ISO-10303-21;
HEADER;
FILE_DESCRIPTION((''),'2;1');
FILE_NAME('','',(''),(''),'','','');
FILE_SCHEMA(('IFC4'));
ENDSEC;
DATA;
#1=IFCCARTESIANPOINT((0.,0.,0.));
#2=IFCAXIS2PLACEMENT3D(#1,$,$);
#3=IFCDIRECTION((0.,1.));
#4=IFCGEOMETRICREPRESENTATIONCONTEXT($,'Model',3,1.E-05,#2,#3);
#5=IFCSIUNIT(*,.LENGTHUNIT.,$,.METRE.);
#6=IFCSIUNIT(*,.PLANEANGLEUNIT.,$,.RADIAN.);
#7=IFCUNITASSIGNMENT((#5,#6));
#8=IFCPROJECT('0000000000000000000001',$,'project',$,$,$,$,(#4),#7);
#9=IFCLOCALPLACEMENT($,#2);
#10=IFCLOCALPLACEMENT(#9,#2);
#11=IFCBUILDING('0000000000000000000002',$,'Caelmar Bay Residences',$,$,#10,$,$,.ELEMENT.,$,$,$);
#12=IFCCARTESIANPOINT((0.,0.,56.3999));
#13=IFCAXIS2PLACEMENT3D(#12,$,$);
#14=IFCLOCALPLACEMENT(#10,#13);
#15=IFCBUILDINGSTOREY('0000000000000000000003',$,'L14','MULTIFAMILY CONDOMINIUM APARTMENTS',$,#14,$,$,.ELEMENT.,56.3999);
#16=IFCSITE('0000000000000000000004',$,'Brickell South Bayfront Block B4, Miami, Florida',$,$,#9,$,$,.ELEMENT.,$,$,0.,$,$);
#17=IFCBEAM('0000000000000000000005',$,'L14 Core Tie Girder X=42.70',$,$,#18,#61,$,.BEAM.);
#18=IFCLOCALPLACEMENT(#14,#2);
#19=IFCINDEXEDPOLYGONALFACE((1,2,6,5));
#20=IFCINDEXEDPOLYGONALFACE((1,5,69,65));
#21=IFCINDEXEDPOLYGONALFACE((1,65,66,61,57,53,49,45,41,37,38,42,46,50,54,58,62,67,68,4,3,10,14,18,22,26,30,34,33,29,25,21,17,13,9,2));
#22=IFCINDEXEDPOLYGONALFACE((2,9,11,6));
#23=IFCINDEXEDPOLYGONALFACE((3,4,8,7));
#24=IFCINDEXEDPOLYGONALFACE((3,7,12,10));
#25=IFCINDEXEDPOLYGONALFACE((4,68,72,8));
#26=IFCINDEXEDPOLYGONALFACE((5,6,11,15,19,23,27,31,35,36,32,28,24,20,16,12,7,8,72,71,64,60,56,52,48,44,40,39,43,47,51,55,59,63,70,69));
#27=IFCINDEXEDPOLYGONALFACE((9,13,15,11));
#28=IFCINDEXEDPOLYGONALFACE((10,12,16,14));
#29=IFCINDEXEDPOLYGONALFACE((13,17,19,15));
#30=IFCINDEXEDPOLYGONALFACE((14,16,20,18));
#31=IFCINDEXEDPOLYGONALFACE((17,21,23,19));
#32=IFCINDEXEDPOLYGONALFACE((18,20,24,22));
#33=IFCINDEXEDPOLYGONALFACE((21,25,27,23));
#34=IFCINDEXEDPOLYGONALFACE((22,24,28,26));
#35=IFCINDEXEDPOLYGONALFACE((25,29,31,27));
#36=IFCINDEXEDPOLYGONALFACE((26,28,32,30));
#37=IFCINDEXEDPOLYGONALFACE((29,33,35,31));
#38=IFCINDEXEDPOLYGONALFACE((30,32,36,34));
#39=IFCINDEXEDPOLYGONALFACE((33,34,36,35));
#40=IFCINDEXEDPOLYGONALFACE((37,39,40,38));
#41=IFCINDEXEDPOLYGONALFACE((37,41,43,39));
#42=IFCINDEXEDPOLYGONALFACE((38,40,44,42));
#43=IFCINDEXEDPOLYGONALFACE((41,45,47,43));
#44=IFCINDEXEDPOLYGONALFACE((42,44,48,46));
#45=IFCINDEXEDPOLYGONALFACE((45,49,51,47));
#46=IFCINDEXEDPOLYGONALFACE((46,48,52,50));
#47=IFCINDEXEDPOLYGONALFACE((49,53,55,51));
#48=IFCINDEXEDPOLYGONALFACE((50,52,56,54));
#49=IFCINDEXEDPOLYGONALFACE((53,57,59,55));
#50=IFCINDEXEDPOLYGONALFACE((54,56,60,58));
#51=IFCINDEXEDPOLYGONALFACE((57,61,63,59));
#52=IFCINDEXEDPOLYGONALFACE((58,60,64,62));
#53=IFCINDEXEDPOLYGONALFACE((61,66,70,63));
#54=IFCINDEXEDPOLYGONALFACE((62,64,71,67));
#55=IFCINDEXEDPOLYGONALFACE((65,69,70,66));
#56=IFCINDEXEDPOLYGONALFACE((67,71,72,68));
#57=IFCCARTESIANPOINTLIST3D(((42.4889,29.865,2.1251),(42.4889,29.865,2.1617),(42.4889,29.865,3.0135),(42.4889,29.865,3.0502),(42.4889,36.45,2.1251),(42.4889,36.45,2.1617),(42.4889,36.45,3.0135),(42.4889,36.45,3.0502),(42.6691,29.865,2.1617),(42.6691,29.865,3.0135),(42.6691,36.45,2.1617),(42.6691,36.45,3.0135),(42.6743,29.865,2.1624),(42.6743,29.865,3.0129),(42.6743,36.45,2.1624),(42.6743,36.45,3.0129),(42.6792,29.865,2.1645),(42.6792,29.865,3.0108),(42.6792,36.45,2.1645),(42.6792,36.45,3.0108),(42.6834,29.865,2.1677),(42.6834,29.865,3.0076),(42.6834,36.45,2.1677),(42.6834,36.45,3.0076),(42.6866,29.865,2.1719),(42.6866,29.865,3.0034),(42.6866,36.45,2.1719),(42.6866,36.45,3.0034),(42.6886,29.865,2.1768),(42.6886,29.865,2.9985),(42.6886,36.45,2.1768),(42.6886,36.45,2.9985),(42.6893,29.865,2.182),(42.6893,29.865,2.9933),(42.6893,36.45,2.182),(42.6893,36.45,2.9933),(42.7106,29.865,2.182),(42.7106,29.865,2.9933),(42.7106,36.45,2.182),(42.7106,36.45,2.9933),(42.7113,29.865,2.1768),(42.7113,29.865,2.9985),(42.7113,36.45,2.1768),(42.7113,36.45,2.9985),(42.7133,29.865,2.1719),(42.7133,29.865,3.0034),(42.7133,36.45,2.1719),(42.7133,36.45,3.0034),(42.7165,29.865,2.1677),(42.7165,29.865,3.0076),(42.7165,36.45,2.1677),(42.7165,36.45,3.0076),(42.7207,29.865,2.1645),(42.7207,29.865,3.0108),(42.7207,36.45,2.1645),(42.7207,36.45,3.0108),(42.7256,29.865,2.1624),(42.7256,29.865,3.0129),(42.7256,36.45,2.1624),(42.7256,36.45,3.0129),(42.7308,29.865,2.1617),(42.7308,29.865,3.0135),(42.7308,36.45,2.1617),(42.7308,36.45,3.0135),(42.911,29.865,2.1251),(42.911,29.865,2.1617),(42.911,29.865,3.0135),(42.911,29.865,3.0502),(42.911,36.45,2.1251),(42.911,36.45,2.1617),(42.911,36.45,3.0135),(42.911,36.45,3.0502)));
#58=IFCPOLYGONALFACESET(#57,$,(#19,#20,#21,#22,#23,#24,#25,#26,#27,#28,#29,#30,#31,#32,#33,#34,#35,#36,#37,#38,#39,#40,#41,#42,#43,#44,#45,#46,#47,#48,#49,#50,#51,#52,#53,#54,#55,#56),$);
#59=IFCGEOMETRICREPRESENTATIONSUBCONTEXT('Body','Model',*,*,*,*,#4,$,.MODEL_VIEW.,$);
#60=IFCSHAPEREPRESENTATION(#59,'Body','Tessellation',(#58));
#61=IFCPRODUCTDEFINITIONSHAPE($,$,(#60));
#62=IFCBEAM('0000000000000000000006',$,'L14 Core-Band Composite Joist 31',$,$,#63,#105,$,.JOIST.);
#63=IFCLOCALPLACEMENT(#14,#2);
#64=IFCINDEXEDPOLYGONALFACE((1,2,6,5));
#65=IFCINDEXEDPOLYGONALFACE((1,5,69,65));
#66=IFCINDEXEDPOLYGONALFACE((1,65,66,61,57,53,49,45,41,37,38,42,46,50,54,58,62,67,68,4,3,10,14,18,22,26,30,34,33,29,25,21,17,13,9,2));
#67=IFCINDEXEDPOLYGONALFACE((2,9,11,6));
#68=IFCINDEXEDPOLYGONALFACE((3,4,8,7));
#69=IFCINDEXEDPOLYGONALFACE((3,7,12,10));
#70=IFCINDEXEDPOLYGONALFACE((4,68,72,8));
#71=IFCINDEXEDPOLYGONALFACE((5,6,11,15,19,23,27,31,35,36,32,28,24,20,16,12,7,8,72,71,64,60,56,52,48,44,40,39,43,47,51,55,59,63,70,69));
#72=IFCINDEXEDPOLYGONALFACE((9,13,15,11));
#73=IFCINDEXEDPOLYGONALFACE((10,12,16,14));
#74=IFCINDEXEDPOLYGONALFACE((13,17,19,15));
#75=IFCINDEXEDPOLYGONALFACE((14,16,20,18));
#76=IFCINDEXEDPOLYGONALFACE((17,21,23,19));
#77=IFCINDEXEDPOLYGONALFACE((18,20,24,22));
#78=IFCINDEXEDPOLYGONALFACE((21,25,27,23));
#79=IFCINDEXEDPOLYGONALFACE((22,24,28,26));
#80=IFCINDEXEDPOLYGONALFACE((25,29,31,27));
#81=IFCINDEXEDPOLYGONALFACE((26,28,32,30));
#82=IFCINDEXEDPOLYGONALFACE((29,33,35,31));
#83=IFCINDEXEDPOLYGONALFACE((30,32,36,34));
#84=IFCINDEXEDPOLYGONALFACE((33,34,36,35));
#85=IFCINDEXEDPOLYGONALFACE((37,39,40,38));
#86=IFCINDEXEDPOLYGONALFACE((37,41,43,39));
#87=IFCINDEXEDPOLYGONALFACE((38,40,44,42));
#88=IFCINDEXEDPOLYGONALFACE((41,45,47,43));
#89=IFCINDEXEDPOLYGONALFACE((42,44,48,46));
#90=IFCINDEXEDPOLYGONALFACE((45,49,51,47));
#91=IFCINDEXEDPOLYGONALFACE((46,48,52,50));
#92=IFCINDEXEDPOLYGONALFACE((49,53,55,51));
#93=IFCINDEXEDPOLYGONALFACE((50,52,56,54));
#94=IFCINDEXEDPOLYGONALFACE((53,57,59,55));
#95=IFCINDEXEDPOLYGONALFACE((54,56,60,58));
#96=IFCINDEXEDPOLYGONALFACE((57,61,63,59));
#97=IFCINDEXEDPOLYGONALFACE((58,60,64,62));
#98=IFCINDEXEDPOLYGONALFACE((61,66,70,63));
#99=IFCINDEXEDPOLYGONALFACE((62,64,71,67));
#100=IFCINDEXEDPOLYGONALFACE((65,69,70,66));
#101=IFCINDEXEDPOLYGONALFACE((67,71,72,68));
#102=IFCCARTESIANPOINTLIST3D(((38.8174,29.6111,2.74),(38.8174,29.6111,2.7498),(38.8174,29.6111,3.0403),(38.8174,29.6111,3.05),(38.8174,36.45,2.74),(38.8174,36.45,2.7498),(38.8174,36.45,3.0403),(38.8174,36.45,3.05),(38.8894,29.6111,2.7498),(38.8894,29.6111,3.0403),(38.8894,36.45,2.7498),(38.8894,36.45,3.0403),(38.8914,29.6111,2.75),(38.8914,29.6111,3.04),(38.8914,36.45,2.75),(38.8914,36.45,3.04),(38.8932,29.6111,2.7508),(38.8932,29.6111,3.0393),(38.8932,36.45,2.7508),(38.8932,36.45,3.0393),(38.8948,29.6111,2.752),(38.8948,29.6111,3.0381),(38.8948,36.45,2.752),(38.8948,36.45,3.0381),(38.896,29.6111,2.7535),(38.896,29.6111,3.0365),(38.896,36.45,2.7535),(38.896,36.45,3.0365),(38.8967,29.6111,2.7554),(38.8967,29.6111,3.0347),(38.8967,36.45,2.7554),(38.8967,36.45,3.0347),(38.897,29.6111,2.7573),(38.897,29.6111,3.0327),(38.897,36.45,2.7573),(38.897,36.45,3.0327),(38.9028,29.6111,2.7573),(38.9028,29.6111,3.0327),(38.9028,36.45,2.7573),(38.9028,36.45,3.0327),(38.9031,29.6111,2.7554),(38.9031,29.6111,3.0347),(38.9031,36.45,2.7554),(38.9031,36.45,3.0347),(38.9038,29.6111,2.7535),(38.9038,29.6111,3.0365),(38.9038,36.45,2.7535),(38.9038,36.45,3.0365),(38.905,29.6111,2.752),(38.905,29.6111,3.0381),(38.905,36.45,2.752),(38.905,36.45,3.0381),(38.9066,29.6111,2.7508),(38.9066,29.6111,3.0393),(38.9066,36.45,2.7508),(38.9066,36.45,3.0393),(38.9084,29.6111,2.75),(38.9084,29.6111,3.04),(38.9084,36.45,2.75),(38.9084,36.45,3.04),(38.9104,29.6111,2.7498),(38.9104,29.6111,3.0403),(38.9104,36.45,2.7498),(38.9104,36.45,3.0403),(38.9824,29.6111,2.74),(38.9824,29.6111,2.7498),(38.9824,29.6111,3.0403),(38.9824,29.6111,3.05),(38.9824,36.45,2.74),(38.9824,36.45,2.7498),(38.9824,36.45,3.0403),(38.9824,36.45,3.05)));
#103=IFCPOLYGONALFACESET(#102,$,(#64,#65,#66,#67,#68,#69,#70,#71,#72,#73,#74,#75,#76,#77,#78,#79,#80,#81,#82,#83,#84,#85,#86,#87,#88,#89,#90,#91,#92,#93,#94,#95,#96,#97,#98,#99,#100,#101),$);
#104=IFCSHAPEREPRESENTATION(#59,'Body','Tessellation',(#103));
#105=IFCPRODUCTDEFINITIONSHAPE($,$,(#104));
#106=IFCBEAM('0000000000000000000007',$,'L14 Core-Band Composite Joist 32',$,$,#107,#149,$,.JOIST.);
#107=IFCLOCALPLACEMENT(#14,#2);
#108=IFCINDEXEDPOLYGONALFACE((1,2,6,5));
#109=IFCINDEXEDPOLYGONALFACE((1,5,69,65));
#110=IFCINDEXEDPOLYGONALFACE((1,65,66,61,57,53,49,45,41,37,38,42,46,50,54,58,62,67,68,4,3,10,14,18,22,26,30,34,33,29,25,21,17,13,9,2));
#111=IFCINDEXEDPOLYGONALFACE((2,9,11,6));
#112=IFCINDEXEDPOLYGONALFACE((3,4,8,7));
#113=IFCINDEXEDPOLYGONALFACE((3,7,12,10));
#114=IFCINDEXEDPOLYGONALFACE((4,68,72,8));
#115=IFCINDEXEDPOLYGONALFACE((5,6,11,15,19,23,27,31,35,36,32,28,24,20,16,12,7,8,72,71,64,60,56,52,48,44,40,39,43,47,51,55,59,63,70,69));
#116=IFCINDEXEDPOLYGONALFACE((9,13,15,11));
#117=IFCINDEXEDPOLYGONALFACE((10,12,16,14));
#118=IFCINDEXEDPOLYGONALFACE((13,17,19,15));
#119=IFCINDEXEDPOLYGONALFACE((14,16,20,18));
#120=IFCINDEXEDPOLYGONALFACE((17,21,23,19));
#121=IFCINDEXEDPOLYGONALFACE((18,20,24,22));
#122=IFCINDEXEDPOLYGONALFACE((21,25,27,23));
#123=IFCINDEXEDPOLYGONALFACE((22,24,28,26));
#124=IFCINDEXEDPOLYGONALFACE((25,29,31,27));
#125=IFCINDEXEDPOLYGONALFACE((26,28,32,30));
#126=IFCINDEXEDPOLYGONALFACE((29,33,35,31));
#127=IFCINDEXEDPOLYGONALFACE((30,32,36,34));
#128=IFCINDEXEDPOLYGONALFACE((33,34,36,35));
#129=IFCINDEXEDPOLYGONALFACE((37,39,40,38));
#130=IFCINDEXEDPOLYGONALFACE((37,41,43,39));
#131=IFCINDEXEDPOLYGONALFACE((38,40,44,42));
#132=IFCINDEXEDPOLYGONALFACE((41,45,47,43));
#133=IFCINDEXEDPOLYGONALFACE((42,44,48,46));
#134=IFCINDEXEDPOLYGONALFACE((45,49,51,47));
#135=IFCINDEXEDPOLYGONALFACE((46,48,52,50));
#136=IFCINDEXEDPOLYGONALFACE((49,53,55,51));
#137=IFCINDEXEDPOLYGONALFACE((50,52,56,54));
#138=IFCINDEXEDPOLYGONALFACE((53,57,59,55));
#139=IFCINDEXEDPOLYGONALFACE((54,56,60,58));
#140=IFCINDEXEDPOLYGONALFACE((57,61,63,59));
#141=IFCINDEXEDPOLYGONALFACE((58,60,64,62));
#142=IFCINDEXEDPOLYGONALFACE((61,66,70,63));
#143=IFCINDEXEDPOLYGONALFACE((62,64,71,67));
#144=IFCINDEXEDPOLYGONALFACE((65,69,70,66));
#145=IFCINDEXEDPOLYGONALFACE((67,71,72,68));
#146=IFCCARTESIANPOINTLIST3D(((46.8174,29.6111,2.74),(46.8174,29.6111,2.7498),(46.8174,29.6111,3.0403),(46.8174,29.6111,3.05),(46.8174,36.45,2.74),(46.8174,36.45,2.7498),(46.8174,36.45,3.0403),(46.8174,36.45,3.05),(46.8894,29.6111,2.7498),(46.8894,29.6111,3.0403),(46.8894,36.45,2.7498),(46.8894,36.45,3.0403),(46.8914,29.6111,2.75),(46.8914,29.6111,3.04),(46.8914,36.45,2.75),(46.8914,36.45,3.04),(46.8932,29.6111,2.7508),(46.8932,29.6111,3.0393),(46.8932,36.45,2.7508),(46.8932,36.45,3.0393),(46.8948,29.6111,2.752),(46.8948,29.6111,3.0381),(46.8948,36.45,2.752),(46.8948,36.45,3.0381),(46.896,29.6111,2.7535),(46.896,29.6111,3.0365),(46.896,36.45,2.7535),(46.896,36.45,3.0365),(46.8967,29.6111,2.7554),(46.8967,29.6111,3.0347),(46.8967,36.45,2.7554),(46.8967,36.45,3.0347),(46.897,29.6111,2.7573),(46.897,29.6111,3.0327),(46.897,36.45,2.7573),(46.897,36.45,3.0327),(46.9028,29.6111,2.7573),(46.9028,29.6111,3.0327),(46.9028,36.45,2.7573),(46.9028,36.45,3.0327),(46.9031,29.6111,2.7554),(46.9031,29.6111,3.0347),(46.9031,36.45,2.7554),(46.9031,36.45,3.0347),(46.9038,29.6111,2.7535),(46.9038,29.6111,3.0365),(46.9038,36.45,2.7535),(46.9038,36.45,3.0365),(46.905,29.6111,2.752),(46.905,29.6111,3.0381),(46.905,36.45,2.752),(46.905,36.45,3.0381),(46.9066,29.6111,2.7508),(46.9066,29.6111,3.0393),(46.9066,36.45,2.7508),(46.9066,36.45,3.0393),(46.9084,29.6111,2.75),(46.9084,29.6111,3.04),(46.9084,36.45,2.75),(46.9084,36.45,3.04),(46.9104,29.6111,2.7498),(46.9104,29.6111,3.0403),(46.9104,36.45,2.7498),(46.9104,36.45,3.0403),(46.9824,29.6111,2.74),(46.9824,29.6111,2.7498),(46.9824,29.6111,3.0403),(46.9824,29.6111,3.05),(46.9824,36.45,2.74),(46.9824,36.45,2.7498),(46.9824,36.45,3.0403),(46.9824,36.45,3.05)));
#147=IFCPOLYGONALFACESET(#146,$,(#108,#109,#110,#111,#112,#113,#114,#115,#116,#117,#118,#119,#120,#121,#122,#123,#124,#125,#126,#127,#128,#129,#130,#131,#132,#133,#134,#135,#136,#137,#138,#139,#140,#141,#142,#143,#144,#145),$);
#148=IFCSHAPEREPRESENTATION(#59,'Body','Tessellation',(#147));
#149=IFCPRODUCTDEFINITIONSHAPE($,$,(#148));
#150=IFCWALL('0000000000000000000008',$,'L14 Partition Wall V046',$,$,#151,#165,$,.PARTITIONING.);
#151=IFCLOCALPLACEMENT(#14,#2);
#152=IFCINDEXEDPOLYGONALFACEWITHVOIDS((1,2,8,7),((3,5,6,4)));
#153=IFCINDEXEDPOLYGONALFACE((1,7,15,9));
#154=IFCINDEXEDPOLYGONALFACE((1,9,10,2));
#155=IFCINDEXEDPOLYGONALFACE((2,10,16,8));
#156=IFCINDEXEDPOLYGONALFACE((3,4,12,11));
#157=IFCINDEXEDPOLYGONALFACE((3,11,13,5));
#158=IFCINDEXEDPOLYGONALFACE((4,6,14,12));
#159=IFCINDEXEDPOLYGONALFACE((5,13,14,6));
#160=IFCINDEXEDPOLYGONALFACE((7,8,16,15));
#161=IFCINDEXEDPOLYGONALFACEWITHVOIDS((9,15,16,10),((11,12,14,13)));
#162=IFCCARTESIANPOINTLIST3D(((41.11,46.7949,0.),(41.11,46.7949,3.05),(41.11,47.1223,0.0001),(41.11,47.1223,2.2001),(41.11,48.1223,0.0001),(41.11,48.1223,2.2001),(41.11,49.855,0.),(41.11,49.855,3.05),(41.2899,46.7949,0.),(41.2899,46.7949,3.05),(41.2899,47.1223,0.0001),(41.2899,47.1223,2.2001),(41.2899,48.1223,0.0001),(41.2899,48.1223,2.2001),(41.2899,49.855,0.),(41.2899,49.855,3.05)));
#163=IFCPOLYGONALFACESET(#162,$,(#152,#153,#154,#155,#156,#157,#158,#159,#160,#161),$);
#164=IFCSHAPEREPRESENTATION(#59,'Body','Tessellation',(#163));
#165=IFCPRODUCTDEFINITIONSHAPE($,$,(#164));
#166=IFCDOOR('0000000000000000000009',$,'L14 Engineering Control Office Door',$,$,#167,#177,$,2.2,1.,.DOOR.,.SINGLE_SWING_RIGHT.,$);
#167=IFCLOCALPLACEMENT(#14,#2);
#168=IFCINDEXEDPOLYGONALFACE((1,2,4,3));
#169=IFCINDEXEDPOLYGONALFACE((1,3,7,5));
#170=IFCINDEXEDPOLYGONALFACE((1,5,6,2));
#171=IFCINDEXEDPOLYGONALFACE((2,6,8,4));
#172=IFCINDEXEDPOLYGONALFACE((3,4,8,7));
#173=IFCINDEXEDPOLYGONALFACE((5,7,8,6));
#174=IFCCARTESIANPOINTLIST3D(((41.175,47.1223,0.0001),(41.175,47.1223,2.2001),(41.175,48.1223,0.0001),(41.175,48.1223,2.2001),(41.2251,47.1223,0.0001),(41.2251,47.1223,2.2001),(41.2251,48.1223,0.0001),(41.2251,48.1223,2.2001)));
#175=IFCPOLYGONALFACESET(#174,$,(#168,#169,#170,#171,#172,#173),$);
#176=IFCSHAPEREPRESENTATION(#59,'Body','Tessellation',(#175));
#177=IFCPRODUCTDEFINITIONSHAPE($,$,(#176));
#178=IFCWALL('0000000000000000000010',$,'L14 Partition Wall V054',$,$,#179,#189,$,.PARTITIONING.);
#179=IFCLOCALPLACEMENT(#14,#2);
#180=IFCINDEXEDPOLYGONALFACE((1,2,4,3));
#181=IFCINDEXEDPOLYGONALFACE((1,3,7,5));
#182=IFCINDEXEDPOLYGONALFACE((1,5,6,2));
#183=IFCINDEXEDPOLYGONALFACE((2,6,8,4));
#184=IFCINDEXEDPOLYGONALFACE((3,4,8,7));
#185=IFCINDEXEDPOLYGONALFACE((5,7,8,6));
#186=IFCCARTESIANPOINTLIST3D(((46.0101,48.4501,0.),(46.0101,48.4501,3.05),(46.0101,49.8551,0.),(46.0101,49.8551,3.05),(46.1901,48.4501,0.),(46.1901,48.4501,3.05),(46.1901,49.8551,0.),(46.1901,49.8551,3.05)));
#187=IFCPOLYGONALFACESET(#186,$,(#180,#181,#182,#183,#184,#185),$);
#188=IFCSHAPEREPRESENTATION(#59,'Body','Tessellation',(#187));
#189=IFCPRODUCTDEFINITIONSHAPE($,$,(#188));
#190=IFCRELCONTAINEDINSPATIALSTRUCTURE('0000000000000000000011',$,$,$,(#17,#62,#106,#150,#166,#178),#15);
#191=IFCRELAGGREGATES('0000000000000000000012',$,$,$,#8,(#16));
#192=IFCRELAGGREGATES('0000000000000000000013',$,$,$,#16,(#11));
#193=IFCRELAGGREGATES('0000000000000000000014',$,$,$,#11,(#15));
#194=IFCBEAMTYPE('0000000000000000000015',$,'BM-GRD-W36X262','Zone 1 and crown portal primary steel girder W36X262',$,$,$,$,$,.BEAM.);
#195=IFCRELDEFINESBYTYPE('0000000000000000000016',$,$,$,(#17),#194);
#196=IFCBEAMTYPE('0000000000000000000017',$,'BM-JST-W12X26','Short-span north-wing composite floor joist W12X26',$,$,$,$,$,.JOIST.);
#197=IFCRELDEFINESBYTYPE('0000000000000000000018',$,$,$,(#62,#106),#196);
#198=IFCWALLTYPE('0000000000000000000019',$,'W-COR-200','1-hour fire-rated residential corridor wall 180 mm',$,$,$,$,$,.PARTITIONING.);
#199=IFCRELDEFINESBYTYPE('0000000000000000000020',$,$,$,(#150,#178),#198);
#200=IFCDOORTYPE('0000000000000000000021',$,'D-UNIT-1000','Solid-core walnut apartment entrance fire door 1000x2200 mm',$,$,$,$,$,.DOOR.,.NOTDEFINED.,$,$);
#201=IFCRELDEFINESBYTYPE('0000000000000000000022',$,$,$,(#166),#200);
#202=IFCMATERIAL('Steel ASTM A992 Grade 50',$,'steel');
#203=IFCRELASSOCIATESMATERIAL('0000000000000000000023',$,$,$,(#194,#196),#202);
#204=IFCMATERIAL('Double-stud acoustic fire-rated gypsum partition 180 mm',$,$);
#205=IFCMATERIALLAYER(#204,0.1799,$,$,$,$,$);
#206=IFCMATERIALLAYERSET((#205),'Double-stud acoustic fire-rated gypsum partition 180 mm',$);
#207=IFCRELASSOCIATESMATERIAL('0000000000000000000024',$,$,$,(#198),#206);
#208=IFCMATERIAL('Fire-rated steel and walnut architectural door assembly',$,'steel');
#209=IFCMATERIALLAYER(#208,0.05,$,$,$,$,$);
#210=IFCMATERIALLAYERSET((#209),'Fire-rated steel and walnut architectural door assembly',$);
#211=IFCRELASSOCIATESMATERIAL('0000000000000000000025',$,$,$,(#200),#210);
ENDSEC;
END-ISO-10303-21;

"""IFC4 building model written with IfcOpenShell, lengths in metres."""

from ifc_helpers import new_model, si_unit, direction, frame, frame_2d, origin, origin_2d, place, context, subcontext, project, spatial, rectangle, i_section, extrude, material, layer, layer_set, material_profile, profile_set, type_object, element, fill, save


model = new_model("IFC4")

# Units and contexts
model_context = context("Model", 3, precision=1e-05, world=origin(), true_north=direction((0.0, 1.0)))
body_context = subcontext(model_context, "Body", "Model", "MODEL_VIEW")
ifc_project = project(units=[si_unit("LENGTHUNIT", "METRE"), si_unit("PLANEANGLEUNIT", "RADIAN")], contexts=[model_context])

# Site, building, storey
site_placement = place(None, origin())
site = spatial("IfcSite", under=ifc_project, at=site_placement, Name="Brickell South Bayfront Block B4, Miami, Florida", CompositionType="ELEMENT", RefElevation=0.0)
building_placement = place(site_placement, origin())
building = spatial("IfcBuilding", under=site, at=building_placement, Name="Caelmar Bay Residences", CompositionType="ELEMENT")
storey_placement = place(building_placement, frame((0.0, 0.0, 56.3999)))
storey = spatial("IfcBuildingStorey", under=building, at=storey_placement, Name="L14", Description="MULTIFAMILY CONDOMINIUM APARTMENTS", CompositionType="ELEMENT", Elevation=56.3999)

# Beams
ifc_material_1 = material(Name="Steel ASTM A992 Grade 50", Category="steel")
ifc_material_profile_1 = material_profile(ifc_material_1, i_section(OverallWidth=0.4221, OverallDepth=0.925, WebThickness=0.0212, FlangeThickness=0.0366, FilletRadius=0.0203, at=origin_2d()), Name="W36X262")
ifc_profile_set_1 = profile_set([ifc_material_profile_1], Name="Steel ASTM A992 Grade 50")
beam_type_1 = type_object("IfcBeamType", Name="BM-GRD-W36X262", Description="Zone 1 and crown portal primary steel girder W36X262", PredefinedType="BEAM", material=ifc_profile_set_1)
beam_placement = place(storey_placement, frame((42.7, 29.865, 2.5876), z_axis=(0.0, 1.0, 0.0), x_axis=(-1.0, 0.0, 0.0)))
element("IfcBeam", 1, at=beam_placement, inside=storey, type_object=beam_type_1, Name="L14 Core Tie Girder X=42.70", PredefinedType="BEAM", context=body_context, shape_type="SweptSolid", body=[
    extrude(i_section(OverallWidth=0.4221, OverallDepth=0.925, WebThickness=0.0212, FlangeThickness=0.0366, FilletRadius=0.0203, at=origin_2d()), origin(), (0.0, 0.0, 1.0), 6.585),
])
ifc_material_profile_2 = material_profile(ifc_material_1, i_section(OverallWidth=0.165, OverallDepth=0.3101, WebThickness=0.0059, FlangeThickness=0.0098, FilletRadius=0.0076, at=origin_2d()), Name="W12X26")
ifc_profile_set_2 = profile_set([ifc_material_profile_2], Name="Steel ASTM A992 Grade 50")
beam_type_2 = type_object("IfcBeamType", Name="BM-JST-W12X26", Description="Short-span north-wing composite floor joist W12X26", PredefinedType="JOIST", material=ifc_profile_set_2)
for number, where, z_axis, x_axis, name in (
    (2, (38.8999, 29.6111, 2.895), (0.0, 1.0, 0.0), (-1.0, 0.0, 0.0), "L14 Core-Band Composite Joist 31"),
    (3, (46.8999, 29.6111, 2.895), (0.0, 1.0, 0.0), (-1.0, 0.0, 0.0), "L14 Core-Band Composite Joist 32"),
):
    element("IfcBeam", number, at=place(storey_placement, frame(where, z_axis=z_axis, x_axis=x_axis)), inside=storey, type_object=beam_type_2, Name=name, PredefinedType="JOIST", context=body_context, shape_type="SweptSolid", body=[
        extrude(i_section(OverallWidth=0.165, OverallDepth=0.3101, WebThickness=0.0059, FlangeThickness=0.0098, FilletRadius=0.0076, at=origin_2d()), origin(), (0.0, 0.0, 1.0), 6.8389),
    ])

# Wall, opening, door
ifc_material_2 = material(Name="Double-stud acoustic fire-rated gypsum partition 180 mm")
ifc_layer_1 = layer(ifc_material_2, 0.1799)
ifc_layer_set_1 = layer_set([ifc_layer_1], Name="Double-stud acoustic fire-rated gypsum partition 180 mm")
wall_type_1 = type_object("IfcWallType", Name="W-COR-200", Description="1-hour fire-rated residential corridor wall 180 mm", PredefinedType="PARTITIONING", material=ifc_layer_set_1)
wall_1_placement = place(storey_placement, frame((41.2, 46.7949, 0.0), z_axis=(0.0, 0.0, 1.0), x_axis=(0.0, 1.0, 0.0)))
wall_1 = element("IfcWall", 4, at=wall_1_placement, inside=storey, type_object=wall_type_1, Name="L14 Partition Wall V046", PredefinedType="PARTITIONING", context=body_context, shape_type="SweptSolid", body=[
    extrude(rectangle(XDim=3.0601, YDim=0.1799, at=frame_2d((1.53, 0.0))), origin(), (0.0, 0.0, 1.0), 3.05),
])
opening_1_placement = place(wall_1_placement, frame((0.3274, 0.0, 0.0)))
opening_1 = element("IfcOpeningElement", 5, at=opening_1_placement, cuts=wall_1, PredefinedType="OPENING", context=body_context, shape_type="SweptSolid", body=[
    extrude(rectangle(XDim=1.0, YDim=2.2, at=frame_2d((0.5, 1.1001))), frame((0.0, 0.0999, 0.0), z_axis=(0.0, -1.0, 0.0), x_axis=(1.0, 0.0, 0.0)), (0.0, 0.0, 1.0), 0.2),
])
ifc_material_3 = material(Name="Fire-rated steel and walnut architectural door assembly", Category="steel")
ifc_layer_2 = layer(ifc_material_3, 0.05)
ifc_layer_set_2 = layer_set([ifc_layer_2], Name="Fire-rated steel and walnut architectural door assembly")
door_type_1 = type_object("IfcDoorType", Name="D-UNIT-1000", Description="Solid-core walnut apartment entrance fire door 1000x2200 mm", OperationType="NOTDEFINED", PredefinedType="DOOR", material=ifc_layer_set_2)
door_1_placement = place(opening_1_placement, origin())
door_1 = element("IfcDoor", 6, at=door_1_placement, inside=storey, type_object=door_type_1, Name="L14 Engineering Control Office Door", OperationType="SINGLE_SWING_RIGHT", OverallHeight=2.2, OverallWidth=1.0, PredefinedType="DOOR", context=body_context, shape_type="SweptSolid", body=[
    extrude(rectangle(XDim=1.0, YDim=2.2, at=frame_2d((0.5, 1.1001))), frame((0.0, 0.0249, 0.0), z_axis=(0.0, -1.0, 0.0), x_axis=(1.0, 0.0, 0.0)), (0.0, 0.0, 1.0), 0.05),
])
fill(opening_1, door_1)

# Wall
for number, where, z_axis, x_axis, name in (
    (7, (46.1001, 48.45, 0.0), (0.0, 0.0, 1.0), (0.0, 1.0, 0.0), "L14 Partition Wall V054"),
):
    element("IfcWall", number, at=place(storey_placement, frame(where, z_axis=z_axis, x_axis=x_axis)), inside=storey, type_object=wall_type_1, Name=name, PredefinedType="PARTITIONING", context=body_context, shape_type="SweptSolid", body=[
        extrude(rectangle(XDim=1.405, YDim=0.1799, at=frame_2d((0.7026, 0.0))), origin(), (0.0, 0.0, 1.0), 3.05),
    ])

save(model, "model.ifc")
